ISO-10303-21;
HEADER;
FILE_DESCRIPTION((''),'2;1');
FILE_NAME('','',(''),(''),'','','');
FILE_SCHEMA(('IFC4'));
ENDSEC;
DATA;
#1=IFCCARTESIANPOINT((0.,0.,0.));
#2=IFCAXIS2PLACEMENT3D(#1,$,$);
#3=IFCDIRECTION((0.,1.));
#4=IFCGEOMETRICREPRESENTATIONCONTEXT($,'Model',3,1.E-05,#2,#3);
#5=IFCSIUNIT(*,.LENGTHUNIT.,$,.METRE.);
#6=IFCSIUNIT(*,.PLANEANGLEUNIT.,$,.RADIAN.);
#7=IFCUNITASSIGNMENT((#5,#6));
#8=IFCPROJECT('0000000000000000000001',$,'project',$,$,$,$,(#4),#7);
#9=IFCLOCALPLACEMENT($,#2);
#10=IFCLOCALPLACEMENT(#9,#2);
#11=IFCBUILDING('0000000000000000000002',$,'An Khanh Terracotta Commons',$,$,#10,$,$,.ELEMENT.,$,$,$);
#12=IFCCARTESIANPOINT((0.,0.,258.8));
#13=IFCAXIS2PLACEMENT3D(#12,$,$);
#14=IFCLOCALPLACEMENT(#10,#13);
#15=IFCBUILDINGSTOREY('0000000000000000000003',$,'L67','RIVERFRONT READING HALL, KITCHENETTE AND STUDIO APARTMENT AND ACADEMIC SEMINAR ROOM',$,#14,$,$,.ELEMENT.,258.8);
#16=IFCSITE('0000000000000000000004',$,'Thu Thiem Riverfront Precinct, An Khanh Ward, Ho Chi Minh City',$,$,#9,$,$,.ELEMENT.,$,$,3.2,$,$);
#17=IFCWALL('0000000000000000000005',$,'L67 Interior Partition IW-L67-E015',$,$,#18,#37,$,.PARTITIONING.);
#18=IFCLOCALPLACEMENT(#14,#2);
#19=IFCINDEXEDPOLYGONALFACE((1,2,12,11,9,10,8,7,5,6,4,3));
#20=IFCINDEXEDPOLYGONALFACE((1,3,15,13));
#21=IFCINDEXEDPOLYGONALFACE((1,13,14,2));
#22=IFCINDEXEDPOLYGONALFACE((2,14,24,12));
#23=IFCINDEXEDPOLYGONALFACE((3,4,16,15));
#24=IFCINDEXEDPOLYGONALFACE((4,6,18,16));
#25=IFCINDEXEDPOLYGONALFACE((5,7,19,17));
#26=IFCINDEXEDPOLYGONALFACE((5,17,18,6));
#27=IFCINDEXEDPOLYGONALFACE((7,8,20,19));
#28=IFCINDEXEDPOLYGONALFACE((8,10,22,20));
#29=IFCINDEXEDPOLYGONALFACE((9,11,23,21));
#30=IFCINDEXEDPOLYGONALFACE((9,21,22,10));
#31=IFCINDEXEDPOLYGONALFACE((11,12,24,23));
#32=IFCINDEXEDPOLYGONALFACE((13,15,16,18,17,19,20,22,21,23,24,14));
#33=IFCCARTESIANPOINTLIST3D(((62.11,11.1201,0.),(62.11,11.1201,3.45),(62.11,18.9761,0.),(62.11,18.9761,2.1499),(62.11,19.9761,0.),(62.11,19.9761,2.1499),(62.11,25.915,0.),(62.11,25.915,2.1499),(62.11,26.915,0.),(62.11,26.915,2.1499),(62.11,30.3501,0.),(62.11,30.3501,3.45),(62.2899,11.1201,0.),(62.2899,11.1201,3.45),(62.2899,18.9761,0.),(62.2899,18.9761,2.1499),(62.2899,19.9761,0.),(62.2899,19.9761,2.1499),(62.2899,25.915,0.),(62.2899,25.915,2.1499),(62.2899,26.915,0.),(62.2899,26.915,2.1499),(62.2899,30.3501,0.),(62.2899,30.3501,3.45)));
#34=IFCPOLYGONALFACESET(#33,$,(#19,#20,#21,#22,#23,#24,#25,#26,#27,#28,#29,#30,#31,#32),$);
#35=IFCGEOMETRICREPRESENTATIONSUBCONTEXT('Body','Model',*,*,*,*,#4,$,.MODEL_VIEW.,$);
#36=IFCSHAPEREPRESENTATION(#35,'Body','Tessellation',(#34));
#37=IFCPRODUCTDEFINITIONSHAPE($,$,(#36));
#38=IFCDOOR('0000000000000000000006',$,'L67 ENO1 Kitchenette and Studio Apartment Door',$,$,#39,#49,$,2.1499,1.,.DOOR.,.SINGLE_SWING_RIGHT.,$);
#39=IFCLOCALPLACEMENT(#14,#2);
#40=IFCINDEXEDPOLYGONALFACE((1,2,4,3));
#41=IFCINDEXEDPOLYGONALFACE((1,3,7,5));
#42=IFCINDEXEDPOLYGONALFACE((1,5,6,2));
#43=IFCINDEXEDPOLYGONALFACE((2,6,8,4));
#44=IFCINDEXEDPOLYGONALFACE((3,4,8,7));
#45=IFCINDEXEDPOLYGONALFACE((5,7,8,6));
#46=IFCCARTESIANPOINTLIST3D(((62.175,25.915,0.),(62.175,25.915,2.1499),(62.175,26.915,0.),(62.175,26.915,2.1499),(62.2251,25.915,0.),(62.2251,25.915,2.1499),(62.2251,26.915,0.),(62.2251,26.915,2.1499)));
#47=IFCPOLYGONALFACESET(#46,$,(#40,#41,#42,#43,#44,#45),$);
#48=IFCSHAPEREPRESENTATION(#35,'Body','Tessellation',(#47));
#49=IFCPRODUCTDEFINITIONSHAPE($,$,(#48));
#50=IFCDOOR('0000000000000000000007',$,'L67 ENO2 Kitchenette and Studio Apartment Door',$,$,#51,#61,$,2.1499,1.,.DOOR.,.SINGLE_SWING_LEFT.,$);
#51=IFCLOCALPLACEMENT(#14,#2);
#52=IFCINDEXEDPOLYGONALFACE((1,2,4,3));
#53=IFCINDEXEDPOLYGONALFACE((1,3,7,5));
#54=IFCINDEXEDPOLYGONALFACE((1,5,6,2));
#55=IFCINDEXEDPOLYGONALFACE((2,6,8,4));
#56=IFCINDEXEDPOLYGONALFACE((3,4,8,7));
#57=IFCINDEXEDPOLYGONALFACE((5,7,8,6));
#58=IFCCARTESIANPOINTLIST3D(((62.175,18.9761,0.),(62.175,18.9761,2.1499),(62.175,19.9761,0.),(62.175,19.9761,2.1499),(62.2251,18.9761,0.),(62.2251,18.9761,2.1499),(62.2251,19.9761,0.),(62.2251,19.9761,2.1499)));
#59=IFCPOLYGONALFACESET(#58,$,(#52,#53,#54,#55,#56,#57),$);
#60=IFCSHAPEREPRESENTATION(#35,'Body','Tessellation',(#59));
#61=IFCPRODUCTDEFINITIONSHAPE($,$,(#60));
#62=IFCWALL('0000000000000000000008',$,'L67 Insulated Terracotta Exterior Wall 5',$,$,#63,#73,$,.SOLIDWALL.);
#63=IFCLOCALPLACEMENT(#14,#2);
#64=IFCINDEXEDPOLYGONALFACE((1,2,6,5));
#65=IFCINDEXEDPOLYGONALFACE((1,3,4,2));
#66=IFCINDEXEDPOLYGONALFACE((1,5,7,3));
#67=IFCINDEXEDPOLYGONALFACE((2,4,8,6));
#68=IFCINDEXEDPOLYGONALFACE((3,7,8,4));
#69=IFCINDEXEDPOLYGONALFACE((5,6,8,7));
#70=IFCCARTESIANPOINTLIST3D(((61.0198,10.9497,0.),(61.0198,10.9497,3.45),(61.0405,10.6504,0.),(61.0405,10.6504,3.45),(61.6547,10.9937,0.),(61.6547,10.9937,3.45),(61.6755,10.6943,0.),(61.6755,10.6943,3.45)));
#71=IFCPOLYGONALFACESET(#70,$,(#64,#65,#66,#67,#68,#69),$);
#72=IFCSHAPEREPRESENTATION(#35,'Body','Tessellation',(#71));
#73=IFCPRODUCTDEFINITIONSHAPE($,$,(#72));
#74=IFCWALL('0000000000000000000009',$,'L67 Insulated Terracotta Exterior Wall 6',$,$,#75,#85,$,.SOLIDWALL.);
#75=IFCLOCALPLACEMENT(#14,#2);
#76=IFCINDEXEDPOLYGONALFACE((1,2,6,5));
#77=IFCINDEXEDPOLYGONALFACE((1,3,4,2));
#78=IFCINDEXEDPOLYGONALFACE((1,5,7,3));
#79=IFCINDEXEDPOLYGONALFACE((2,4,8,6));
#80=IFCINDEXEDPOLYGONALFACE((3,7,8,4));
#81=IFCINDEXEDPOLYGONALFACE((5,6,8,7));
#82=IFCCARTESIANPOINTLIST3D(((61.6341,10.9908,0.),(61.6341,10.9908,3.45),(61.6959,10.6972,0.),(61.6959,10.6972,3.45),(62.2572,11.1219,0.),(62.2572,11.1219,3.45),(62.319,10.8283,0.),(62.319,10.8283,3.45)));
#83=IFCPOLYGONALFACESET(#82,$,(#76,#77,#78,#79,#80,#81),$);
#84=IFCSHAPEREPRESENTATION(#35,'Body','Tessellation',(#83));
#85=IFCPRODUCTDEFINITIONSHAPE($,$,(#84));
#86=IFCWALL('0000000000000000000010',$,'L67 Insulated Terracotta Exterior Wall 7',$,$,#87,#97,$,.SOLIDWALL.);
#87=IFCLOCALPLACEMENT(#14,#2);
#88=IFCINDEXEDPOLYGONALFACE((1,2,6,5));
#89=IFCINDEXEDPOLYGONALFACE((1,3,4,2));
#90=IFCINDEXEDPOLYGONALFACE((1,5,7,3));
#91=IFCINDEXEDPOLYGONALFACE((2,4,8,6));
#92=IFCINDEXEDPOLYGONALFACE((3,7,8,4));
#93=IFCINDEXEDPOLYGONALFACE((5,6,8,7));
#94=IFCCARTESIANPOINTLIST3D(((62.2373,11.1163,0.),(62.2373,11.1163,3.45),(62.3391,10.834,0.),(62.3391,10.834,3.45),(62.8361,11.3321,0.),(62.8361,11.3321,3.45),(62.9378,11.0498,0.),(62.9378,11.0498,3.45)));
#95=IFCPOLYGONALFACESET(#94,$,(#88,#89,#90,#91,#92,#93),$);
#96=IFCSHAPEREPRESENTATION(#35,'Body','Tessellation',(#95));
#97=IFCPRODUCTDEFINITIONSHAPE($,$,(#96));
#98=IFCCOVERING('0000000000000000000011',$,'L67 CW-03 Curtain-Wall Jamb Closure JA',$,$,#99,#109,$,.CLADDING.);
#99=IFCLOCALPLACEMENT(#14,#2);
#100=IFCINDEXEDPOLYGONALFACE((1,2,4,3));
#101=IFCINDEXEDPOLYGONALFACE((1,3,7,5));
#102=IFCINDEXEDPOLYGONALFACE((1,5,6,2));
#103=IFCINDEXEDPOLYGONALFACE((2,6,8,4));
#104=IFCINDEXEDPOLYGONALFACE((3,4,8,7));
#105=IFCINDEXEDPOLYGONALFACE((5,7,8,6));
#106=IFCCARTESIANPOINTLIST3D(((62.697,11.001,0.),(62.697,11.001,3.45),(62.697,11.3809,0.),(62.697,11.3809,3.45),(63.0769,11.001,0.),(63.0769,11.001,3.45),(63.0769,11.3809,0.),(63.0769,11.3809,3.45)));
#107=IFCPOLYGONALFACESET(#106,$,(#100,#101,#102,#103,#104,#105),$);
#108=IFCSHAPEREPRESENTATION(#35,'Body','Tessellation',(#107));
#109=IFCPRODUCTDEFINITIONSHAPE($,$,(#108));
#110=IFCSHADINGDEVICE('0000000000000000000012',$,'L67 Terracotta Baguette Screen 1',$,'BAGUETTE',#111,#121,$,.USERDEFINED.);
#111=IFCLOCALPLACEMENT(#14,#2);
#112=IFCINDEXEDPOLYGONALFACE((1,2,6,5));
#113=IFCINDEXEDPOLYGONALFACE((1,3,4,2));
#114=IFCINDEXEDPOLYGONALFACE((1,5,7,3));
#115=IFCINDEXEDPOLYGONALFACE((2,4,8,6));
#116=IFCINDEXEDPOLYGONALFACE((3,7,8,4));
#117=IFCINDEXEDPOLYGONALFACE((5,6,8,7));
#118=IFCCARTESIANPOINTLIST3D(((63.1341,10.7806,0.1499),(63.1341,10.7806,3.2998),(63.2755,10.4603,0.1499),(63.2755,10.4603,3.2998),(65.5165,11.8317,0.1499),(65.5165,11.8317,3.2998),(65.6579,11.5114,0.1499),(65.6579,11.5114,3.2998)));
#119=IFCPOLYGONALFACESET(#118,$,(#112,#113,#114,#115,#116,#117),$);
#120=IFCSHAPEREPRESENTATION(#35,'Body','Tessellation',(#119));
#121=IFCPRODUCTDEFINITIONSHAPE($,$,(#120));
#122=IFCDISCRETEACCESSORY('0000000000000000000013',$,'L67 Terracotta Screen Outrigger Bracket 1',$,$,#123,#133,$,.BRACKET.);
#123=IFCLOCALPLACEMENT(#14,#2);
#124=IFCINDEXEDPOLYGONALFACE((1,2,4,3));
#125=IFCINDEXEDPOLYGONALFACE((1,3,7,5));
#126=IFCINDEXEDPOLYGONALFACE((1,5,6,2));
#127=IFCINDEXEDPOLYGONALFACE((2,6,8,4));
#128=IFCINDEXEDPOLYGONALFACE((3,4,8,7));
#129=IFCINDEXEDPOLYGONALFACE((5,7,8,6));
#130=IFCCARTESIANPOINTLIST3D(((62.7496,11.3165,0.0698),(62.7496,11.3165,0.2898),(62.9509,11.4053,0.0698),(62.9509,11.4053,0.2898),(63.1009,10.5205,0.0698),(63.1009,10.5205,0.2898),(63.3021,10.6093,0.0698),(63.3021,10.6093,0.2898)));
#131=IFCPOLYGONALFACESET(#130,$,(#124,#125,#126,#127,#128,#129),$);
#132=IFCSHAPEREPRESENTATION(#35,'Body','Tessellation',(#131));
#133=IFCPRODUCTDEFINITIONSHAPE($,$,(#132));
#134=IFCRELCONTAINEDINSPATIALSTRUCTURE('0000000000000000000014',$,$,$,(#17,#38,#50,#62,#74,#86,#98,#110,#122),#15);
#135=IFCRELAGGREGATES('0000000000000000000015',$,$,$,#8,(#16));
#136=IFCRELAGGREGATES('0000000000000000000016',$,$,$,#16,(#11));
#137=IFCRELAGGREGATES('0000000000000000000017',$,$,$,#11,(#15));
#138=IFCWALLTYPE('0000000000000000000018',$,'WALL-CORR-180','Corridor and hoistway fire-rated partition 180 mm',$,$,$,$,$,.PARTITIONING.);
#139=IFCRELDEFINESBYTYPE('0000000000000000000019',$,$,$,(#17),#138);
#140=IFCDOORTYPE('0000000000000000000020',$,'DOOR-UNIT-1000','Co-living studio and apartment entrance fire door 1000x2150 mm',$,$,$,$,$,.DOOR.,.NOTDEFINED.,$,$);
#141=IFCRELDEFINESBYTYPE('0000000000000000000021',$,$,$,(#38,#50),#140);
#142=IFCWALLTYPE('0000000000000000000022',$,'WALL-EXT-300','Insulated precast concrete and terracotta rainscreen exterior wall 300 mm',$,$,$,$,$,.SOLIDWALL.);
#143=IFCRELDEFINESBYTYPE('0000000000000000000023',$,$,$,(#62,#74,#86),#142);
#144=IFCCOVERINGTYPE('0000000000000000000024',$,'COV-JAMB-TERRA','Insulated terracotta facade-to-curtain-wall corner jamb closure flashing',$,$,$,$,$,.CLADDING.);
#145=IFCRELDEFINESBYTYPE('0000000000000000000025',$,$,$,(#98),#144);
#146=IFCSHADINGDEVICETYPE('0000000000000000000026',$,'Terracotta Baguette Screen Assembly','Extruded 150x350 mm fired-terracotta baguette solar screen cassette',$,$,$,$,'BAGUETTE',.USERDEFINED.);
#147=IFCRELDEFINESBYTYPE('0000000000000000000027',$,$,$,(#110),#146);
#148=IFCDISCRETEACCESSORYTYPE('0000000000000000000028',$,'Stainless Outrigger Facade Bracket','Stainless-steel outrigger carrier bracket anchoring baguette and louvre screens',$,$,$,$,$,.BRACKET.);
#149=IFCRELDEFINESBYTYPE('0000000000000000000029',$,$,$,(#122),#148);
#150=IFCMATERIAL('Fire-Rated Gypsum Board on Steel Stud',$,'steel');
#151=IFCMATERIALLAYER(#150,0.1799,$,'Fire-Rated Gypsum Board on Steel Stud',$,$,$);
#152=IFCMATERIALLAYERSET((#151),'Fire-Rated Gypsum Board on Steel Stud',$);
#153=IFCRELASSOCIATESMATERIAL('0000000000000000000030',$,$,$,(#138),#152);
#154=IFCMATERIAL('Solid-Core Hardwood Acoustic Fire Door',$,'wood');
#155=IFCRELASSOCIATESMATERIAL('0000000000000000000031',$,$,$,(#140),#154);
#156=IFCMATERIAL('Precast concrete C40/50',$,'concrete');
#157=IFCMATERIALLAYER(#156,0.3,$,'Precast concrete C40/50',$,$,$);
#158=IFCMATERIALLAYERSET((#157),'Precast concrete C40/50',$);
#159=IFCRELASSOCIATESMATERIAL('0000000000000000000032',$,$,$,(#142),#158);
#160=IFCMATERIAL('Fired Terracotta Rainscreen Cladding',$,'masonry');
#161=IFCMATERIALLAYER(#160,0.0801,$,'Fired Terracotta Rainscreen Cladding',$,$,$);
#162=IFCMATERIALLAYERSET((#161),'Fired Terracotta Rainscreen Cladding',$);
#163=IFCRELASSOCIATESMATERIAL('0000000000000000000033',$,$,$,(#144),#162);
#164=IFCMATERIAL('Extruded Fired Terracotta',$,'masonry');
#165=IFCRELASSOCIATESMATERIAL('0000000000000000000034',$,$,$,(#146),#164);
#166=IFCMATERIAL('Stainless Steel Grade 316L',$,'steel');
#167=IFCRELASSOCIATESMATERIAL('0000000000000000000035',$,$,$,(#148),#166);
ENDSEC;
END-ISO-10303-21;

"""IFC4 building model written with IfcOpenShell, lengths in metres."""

from ifc_helpers import new_model, si_unit, direction, frame, frame_2d, origin, origin_2d, place, context, subcontext, project, spatial, rectangle, extrude, material, layer, layer_set, type_object, element, fill, save


model = new_model("IFC4")

# Units and contexts
model_context = context("Model", 3, precision=1e-05, world=origin(), true_north=direction((0.0, 1.0)))
body_context = subcontext(model_context, "Body", "Model", "MODEL_VIEW")
ifc_project = project(units=[si_unit("LENGTHUNIT", "METRE"), si_unit("PLANEANGLEUNIT", "RADIAN")], contexts=[model_context])

# Site, building, storey
site_placement = place(None, origin())
site = spatial("IfcSite", under=ifc_project, at=site_placement, Name="Thu Thiem Riverfront Precinct, An Khanh Ward, Ho Chi Minh City", CompositionType="ELEMENT", RefElevation=3.2)
building_placement = place(site_placement, origin())
building = spatial("IfcBuilding", under=site, at=building_placement, Name="An Khanh Terracotta Commons", CompositionType="ELEMENT")
storey_placement = place(building_placement, frame((0.0, 0.0, 258.8)))
storey = spatial("IfcBuildingStorey", under=building, at=storey_placement, Name="L67", Description="RIVERFRONT READING HALL, KITCHENETTE AND STUDIO APARTMENT AND ACADEMIC SEMINAR ROOM", CompositionType="ELEMENT", Elevation=258.8)

# Shared definitions
ifc_material_1 = material(Name="Fire-Rated Gypsum Board on Steel Stud", Category="steel")
ifc_layer_1 = layer(ifc_material_1, 0.1799, Name="Fire-Rated Gypsum Board on Steel Stud")
ifc_layer_set_1 = layer_set([ifc_layer_1], Name="Fire-Rated Gypsum Board on Steel Stud")
wall_type_1 = type_object("IfcWallType", Name="WALL-CORR-180", Description="Corridor and hoistway fire-rated partition 180 mm", PredefinedType="PARTITIONING", material=ifc_layer_set_1)

# Wall, openings, doors
wall_1_placement = place(storey_placement, frame((62.2, 11.1201, 0.0), z_axis=(0.0, 0.0, 1.0), x_axis=(0.0, 1.0, 0.0)))
wall_1 = element("IfcWall", 1, at=wall_1_placement, inside=storey, type_object=wall_type_1, Name="L67 Interior Partition IW-L67-E015", PredefinedType="PARTITIONING", context=body_context, shape_type="SweptSolid", body=[
    extrude(rectangle(XDim=19.23, YDim=0.1799, at=frame_2d((9.615, 0.0))), origin(), (0.0, 0.0, 1.0), 3.45),
])
opening_1_placement = place(wall_1_placement, frame((14.7949, 0.0, 0.0)))
opening_1 = element("IfcOpeningElement", 2, at=opening_1_placement, cuts=wall_1, PredefinedType="OPENING", context=body_context, shape_type="SweptSolid", body=[
    extrude(rectangle(XDim=1.0, YDim=2.1499, at=frame_2d((0.5, 1.075))), frame((0.0, 0.0999, 0.0), z_axis=(0.0, -1.0, 0.0), x_axis=(1.0, 0.0, 0.0)), (0.0, 0.0, 1.0), 0.2),
])
opening_2_placement = place(wall_1_placement, frame((7.856, 0.0, 0.0)))
opening_2 = element("IfcOpeningElement", 3, at=opening_2_placement, cuts=wall_1, PredefinedType="OPENING", context=body_context, shape_type="SweptSolid", body=[
    extrude(rectangle(XDim=1.0, YDim=2.1499, at=frame_2d((0.5, 1.075))), frame((0.0, 0.0999, 0.0), z_axis=(0.0, -1.0, 0.0), x_axis=(1.0, 0.0, 0.0)), (0.0, 0.0, 1.0), 0.2),
])
ifc_material_2 = material(Name="Solid-Core Hardwood Acoustic Fire Door", Category="wood")
door_type = type_object("IfcDoorType", Name="DOOR-UNIT-1000", Description="Co-living studio and apartment entrance fire door 1000x2150 mm", OperationType="NOTDEFINED", PredefinedType="DOOR", material=ifc_material_2)
door_1_placement = place(opening_1_placement, origin())
door_1 = element("IfcDoor", 4, at=door_1_placement, inside=storey, type_object=door_type, Name="L67 ENO1 Kitchenette and Studio Apartment Door", OperationType="SINGLE_SWING_RIGHT", OverallHeight=2.1499, OverallWidth=1.0, PredefinedType="DOOR", context=body_context, shape_type="SweptSolid", body=[
    extrude(rectangle(XDim=1.0, YDim=2.1499, at=frame_2d((0.5, 1.075))), frame((0.0, 0.0249, 0.0), z_axis=(0.0, -1.0, 0.0), x_axis=(1.0, 0.0, 0.0)), (0.0, 0.0, 1.0), 0.05),
])
fill(opening_1, door_1)
door_2_placement = place(opening_2_placement, origin())
door_2 = element("IfcDoor", 5, at=door_2_placement, inside=storey, type_object=door_type, Name="L67 ENO2 Kitchenette and Studio Apartment Door", OperationType="SINGLE_SWING_LEFT", OverallHeight=2.1499, OverallWidth=1.0, PredefinedType="DOOR", context=body_context, shape_type="SweptSolid", body=[
    extrude(rectangle(XDim=1.0, YDim=2.1499, at=frame_2d((0.5, 1.075))), frame((0.0, 0.0249, 0.0), z_axis=(0.0, -1.0, 0.0), x_axis=(1.0, 0.0, 0.0)), (0.0, 0.0, 1.0), 0.05),
])
fill(opening_2, door_2)

# Walls
ifc_material_3 = material(Name="Precast concrete C40/50", Category="concrete")
ifc_layer_2 = layer(ifc_material_3, 0.3, Name="Precast concrete C40/50")
ifc_layer_set_2 = layer_set([ifc_layer_2], Name="Precast concrete C40/50")
wall_type_2 = type_object("IfcWallType", Name="WALL-EXT-300", Description="Insulated precast concrete and terracotta rainscreen exterior wall 300 mm", PredefinedType="SOLIDWALL", material=ifc_layer_set_2)
wall_2_placement = place(storey_placement, frame((61.03, 10.8, 0.0), z_axis=(0.0, 0.0, 1.0), x_axis=(0.997614, 0.069039, 0.0)))
element("IfcWall", 6, at=wall_2_placement, inside=storey, type_object=wall_type_2, Name="L67 Insulated Terracotta Exterior Wall 5", PredefinedType="SOLIDWALL", context=body_context, shape_type="SweptSolid", body=[
    extrude(rectangle(XDim=0.6365, YDim=0.3, at=frame_2d((0.3184, 0.0))), origin(), (0.0, 0.0, 1.0), 3.45),
])
wall_3_placement = place(storey_placement, frame((61.665, 10.844, 0.0), z_axis=(0.0, 0.0, 1.0), x_axis=(0.97857, 0.205914, 0.0)))
element("IfcWall", 7, at=wall_3_placement, inside=storey, type_object=wall_type_2, Name="L67 Insulated Terracotta Exterior Wall 6", PredefinedType="SOLIDWALL", context=body_context, shape_type="SweptSolid", body=[
    extrude(rectangle(XDim=0.6367, YDim=0.3, at=frame_2d((0.3184, 0.0))), origin(), (0.0, 0.0, 1.0), 3.45),
])
wall_4_placement = place(storey_placement, frame((62.2881, 10.9751, 0.0), z_axis=(0.0, 0.0, 1.0), x_axis=(0.940775, 0.339032, 0.0)))
element("IfcWall", 8, at=wall_4_placement, inside=storey, type_object=wall_type_2, Name="L67 Insulated Terracotta Exterior Wall 7", PredefinedType="SOLIDWALL", context=body_context, shape_type="SweptSolid", body=[
    extrude(rectangle(XDim=0.6365, YDim=0.3, at=frame_2d((0.3184, 0.0))), origin(), (0.0, 0.0, 1.0), 3.45),
])

# Covering
ifc_material_4 = material(Name="Fired Terracotta Rainscreen Cladding", Category="masonry")
ifc_layer_3 = layer(ifc_material_4, 0.0801, Name="Fired Terracotta Rainscreen Cladding")
ifc_layer_set_3 = layer_set([ifc_layer_3], Name="Fired Terracotta Rainscreen Cladding")
covering_type = type_object("IfcCoveringType", Name="COV-JAMB-TERRA", Description="Insulated terracotta facade-to-curtain-wall corner jamb closure flashing", PredefinedType="CLADDING", material=ifc_layer_set_3)
covering_placement = place(storey_placement, frame((62.887, 11.1909, 0.0), z_axis=(0.0, 0.0, 1.0), x_axis=(1.0, 0.0, 0.0)))
element("IfcCovering", 9, at=covering_placement, inside=storey, type_object=covering_type, Name="L67 CW-03 Curtain-Wall Jamb Closure JA", PredefinedType="CLADDING", context=body_context, shape_type="SweptSolid", body=[
    extrude(rectangle(XDim=0.3799, YDim=0.3799, at=origin_2d()), origin(), (0.0, 0.0, 1.0), 3.45),
])

# Shading device
ifc_material_5 = material(Name="Extruded Fired Terracotta", Category="masonry")
shading_device_type = type_object("IfcShadingDeviceType", Name="Terracotta Baguette Screen Assembly", Description="Extruded 150x350 mm fired-terracotta baguette solar screen cassette", ElementType="BAGUETTE", PredefinedType="USERDEFINED", material=ifc_material_5)
shading_device_placement = place(storey_placement, frame((64.396, 11.146, 0.1499), z_axis=(0.0, 0.0, 1.0), x_axis=(0.914902, 0.403676, 0.0)))
element("IfcShadingDevice", 10, at=shading_device_placement, inside=storey, type_object=shading_device_type, Name="L67 Terracotta Baguette Screen 1", ObjectType="BAGUETTE", PredefinedType="USERDEFINED", context=body_context, shape_type="SweptSolid", body=[
    extrude(rectangle(XDim=2.604, YDim=0.3501, at=origin_2d()), origin(), (0.0, 0.0, 1.0), 3.1499),
])

# Discrete accessory
ifc_material_6 = material(Name="Stainless Steel Grade 316L", Category="steel")
discrete_accessory_type = type_object("IfcDiscreteAccessoryType", Name="Stainless Outrigger Facade Bracket", Description="Stainless-steel outrigger carrier bracket anchoring baguette and louvre screens", PredefinedType="BRACKET", material=ifc_material_6)
discrete_accessory_placement = place(storey_placement, frame((63.0259, 10.9629, 0.0698), z_axis=(0.0, 0.0, 1.0), x_axis=(0.914902, 0.403676, 0.0)))
element("IfcDiscreteAccessory", 11, at=discrete_accessory_placement, inside=storey, type_object=discrete_accessory_type, Name="L67 Terracotta Screen Outrigger Bracket 1", PredefinedType="BRACKET", context=body_context, shape_type="SweptSolid", body=[
    extrude(rectangle(XDim=0.22, YDim=0.8701, at=origin_2d()), origin(), (0.0, 0.0, 1.0), 0.22),
])

save(model, "model.ifc")
